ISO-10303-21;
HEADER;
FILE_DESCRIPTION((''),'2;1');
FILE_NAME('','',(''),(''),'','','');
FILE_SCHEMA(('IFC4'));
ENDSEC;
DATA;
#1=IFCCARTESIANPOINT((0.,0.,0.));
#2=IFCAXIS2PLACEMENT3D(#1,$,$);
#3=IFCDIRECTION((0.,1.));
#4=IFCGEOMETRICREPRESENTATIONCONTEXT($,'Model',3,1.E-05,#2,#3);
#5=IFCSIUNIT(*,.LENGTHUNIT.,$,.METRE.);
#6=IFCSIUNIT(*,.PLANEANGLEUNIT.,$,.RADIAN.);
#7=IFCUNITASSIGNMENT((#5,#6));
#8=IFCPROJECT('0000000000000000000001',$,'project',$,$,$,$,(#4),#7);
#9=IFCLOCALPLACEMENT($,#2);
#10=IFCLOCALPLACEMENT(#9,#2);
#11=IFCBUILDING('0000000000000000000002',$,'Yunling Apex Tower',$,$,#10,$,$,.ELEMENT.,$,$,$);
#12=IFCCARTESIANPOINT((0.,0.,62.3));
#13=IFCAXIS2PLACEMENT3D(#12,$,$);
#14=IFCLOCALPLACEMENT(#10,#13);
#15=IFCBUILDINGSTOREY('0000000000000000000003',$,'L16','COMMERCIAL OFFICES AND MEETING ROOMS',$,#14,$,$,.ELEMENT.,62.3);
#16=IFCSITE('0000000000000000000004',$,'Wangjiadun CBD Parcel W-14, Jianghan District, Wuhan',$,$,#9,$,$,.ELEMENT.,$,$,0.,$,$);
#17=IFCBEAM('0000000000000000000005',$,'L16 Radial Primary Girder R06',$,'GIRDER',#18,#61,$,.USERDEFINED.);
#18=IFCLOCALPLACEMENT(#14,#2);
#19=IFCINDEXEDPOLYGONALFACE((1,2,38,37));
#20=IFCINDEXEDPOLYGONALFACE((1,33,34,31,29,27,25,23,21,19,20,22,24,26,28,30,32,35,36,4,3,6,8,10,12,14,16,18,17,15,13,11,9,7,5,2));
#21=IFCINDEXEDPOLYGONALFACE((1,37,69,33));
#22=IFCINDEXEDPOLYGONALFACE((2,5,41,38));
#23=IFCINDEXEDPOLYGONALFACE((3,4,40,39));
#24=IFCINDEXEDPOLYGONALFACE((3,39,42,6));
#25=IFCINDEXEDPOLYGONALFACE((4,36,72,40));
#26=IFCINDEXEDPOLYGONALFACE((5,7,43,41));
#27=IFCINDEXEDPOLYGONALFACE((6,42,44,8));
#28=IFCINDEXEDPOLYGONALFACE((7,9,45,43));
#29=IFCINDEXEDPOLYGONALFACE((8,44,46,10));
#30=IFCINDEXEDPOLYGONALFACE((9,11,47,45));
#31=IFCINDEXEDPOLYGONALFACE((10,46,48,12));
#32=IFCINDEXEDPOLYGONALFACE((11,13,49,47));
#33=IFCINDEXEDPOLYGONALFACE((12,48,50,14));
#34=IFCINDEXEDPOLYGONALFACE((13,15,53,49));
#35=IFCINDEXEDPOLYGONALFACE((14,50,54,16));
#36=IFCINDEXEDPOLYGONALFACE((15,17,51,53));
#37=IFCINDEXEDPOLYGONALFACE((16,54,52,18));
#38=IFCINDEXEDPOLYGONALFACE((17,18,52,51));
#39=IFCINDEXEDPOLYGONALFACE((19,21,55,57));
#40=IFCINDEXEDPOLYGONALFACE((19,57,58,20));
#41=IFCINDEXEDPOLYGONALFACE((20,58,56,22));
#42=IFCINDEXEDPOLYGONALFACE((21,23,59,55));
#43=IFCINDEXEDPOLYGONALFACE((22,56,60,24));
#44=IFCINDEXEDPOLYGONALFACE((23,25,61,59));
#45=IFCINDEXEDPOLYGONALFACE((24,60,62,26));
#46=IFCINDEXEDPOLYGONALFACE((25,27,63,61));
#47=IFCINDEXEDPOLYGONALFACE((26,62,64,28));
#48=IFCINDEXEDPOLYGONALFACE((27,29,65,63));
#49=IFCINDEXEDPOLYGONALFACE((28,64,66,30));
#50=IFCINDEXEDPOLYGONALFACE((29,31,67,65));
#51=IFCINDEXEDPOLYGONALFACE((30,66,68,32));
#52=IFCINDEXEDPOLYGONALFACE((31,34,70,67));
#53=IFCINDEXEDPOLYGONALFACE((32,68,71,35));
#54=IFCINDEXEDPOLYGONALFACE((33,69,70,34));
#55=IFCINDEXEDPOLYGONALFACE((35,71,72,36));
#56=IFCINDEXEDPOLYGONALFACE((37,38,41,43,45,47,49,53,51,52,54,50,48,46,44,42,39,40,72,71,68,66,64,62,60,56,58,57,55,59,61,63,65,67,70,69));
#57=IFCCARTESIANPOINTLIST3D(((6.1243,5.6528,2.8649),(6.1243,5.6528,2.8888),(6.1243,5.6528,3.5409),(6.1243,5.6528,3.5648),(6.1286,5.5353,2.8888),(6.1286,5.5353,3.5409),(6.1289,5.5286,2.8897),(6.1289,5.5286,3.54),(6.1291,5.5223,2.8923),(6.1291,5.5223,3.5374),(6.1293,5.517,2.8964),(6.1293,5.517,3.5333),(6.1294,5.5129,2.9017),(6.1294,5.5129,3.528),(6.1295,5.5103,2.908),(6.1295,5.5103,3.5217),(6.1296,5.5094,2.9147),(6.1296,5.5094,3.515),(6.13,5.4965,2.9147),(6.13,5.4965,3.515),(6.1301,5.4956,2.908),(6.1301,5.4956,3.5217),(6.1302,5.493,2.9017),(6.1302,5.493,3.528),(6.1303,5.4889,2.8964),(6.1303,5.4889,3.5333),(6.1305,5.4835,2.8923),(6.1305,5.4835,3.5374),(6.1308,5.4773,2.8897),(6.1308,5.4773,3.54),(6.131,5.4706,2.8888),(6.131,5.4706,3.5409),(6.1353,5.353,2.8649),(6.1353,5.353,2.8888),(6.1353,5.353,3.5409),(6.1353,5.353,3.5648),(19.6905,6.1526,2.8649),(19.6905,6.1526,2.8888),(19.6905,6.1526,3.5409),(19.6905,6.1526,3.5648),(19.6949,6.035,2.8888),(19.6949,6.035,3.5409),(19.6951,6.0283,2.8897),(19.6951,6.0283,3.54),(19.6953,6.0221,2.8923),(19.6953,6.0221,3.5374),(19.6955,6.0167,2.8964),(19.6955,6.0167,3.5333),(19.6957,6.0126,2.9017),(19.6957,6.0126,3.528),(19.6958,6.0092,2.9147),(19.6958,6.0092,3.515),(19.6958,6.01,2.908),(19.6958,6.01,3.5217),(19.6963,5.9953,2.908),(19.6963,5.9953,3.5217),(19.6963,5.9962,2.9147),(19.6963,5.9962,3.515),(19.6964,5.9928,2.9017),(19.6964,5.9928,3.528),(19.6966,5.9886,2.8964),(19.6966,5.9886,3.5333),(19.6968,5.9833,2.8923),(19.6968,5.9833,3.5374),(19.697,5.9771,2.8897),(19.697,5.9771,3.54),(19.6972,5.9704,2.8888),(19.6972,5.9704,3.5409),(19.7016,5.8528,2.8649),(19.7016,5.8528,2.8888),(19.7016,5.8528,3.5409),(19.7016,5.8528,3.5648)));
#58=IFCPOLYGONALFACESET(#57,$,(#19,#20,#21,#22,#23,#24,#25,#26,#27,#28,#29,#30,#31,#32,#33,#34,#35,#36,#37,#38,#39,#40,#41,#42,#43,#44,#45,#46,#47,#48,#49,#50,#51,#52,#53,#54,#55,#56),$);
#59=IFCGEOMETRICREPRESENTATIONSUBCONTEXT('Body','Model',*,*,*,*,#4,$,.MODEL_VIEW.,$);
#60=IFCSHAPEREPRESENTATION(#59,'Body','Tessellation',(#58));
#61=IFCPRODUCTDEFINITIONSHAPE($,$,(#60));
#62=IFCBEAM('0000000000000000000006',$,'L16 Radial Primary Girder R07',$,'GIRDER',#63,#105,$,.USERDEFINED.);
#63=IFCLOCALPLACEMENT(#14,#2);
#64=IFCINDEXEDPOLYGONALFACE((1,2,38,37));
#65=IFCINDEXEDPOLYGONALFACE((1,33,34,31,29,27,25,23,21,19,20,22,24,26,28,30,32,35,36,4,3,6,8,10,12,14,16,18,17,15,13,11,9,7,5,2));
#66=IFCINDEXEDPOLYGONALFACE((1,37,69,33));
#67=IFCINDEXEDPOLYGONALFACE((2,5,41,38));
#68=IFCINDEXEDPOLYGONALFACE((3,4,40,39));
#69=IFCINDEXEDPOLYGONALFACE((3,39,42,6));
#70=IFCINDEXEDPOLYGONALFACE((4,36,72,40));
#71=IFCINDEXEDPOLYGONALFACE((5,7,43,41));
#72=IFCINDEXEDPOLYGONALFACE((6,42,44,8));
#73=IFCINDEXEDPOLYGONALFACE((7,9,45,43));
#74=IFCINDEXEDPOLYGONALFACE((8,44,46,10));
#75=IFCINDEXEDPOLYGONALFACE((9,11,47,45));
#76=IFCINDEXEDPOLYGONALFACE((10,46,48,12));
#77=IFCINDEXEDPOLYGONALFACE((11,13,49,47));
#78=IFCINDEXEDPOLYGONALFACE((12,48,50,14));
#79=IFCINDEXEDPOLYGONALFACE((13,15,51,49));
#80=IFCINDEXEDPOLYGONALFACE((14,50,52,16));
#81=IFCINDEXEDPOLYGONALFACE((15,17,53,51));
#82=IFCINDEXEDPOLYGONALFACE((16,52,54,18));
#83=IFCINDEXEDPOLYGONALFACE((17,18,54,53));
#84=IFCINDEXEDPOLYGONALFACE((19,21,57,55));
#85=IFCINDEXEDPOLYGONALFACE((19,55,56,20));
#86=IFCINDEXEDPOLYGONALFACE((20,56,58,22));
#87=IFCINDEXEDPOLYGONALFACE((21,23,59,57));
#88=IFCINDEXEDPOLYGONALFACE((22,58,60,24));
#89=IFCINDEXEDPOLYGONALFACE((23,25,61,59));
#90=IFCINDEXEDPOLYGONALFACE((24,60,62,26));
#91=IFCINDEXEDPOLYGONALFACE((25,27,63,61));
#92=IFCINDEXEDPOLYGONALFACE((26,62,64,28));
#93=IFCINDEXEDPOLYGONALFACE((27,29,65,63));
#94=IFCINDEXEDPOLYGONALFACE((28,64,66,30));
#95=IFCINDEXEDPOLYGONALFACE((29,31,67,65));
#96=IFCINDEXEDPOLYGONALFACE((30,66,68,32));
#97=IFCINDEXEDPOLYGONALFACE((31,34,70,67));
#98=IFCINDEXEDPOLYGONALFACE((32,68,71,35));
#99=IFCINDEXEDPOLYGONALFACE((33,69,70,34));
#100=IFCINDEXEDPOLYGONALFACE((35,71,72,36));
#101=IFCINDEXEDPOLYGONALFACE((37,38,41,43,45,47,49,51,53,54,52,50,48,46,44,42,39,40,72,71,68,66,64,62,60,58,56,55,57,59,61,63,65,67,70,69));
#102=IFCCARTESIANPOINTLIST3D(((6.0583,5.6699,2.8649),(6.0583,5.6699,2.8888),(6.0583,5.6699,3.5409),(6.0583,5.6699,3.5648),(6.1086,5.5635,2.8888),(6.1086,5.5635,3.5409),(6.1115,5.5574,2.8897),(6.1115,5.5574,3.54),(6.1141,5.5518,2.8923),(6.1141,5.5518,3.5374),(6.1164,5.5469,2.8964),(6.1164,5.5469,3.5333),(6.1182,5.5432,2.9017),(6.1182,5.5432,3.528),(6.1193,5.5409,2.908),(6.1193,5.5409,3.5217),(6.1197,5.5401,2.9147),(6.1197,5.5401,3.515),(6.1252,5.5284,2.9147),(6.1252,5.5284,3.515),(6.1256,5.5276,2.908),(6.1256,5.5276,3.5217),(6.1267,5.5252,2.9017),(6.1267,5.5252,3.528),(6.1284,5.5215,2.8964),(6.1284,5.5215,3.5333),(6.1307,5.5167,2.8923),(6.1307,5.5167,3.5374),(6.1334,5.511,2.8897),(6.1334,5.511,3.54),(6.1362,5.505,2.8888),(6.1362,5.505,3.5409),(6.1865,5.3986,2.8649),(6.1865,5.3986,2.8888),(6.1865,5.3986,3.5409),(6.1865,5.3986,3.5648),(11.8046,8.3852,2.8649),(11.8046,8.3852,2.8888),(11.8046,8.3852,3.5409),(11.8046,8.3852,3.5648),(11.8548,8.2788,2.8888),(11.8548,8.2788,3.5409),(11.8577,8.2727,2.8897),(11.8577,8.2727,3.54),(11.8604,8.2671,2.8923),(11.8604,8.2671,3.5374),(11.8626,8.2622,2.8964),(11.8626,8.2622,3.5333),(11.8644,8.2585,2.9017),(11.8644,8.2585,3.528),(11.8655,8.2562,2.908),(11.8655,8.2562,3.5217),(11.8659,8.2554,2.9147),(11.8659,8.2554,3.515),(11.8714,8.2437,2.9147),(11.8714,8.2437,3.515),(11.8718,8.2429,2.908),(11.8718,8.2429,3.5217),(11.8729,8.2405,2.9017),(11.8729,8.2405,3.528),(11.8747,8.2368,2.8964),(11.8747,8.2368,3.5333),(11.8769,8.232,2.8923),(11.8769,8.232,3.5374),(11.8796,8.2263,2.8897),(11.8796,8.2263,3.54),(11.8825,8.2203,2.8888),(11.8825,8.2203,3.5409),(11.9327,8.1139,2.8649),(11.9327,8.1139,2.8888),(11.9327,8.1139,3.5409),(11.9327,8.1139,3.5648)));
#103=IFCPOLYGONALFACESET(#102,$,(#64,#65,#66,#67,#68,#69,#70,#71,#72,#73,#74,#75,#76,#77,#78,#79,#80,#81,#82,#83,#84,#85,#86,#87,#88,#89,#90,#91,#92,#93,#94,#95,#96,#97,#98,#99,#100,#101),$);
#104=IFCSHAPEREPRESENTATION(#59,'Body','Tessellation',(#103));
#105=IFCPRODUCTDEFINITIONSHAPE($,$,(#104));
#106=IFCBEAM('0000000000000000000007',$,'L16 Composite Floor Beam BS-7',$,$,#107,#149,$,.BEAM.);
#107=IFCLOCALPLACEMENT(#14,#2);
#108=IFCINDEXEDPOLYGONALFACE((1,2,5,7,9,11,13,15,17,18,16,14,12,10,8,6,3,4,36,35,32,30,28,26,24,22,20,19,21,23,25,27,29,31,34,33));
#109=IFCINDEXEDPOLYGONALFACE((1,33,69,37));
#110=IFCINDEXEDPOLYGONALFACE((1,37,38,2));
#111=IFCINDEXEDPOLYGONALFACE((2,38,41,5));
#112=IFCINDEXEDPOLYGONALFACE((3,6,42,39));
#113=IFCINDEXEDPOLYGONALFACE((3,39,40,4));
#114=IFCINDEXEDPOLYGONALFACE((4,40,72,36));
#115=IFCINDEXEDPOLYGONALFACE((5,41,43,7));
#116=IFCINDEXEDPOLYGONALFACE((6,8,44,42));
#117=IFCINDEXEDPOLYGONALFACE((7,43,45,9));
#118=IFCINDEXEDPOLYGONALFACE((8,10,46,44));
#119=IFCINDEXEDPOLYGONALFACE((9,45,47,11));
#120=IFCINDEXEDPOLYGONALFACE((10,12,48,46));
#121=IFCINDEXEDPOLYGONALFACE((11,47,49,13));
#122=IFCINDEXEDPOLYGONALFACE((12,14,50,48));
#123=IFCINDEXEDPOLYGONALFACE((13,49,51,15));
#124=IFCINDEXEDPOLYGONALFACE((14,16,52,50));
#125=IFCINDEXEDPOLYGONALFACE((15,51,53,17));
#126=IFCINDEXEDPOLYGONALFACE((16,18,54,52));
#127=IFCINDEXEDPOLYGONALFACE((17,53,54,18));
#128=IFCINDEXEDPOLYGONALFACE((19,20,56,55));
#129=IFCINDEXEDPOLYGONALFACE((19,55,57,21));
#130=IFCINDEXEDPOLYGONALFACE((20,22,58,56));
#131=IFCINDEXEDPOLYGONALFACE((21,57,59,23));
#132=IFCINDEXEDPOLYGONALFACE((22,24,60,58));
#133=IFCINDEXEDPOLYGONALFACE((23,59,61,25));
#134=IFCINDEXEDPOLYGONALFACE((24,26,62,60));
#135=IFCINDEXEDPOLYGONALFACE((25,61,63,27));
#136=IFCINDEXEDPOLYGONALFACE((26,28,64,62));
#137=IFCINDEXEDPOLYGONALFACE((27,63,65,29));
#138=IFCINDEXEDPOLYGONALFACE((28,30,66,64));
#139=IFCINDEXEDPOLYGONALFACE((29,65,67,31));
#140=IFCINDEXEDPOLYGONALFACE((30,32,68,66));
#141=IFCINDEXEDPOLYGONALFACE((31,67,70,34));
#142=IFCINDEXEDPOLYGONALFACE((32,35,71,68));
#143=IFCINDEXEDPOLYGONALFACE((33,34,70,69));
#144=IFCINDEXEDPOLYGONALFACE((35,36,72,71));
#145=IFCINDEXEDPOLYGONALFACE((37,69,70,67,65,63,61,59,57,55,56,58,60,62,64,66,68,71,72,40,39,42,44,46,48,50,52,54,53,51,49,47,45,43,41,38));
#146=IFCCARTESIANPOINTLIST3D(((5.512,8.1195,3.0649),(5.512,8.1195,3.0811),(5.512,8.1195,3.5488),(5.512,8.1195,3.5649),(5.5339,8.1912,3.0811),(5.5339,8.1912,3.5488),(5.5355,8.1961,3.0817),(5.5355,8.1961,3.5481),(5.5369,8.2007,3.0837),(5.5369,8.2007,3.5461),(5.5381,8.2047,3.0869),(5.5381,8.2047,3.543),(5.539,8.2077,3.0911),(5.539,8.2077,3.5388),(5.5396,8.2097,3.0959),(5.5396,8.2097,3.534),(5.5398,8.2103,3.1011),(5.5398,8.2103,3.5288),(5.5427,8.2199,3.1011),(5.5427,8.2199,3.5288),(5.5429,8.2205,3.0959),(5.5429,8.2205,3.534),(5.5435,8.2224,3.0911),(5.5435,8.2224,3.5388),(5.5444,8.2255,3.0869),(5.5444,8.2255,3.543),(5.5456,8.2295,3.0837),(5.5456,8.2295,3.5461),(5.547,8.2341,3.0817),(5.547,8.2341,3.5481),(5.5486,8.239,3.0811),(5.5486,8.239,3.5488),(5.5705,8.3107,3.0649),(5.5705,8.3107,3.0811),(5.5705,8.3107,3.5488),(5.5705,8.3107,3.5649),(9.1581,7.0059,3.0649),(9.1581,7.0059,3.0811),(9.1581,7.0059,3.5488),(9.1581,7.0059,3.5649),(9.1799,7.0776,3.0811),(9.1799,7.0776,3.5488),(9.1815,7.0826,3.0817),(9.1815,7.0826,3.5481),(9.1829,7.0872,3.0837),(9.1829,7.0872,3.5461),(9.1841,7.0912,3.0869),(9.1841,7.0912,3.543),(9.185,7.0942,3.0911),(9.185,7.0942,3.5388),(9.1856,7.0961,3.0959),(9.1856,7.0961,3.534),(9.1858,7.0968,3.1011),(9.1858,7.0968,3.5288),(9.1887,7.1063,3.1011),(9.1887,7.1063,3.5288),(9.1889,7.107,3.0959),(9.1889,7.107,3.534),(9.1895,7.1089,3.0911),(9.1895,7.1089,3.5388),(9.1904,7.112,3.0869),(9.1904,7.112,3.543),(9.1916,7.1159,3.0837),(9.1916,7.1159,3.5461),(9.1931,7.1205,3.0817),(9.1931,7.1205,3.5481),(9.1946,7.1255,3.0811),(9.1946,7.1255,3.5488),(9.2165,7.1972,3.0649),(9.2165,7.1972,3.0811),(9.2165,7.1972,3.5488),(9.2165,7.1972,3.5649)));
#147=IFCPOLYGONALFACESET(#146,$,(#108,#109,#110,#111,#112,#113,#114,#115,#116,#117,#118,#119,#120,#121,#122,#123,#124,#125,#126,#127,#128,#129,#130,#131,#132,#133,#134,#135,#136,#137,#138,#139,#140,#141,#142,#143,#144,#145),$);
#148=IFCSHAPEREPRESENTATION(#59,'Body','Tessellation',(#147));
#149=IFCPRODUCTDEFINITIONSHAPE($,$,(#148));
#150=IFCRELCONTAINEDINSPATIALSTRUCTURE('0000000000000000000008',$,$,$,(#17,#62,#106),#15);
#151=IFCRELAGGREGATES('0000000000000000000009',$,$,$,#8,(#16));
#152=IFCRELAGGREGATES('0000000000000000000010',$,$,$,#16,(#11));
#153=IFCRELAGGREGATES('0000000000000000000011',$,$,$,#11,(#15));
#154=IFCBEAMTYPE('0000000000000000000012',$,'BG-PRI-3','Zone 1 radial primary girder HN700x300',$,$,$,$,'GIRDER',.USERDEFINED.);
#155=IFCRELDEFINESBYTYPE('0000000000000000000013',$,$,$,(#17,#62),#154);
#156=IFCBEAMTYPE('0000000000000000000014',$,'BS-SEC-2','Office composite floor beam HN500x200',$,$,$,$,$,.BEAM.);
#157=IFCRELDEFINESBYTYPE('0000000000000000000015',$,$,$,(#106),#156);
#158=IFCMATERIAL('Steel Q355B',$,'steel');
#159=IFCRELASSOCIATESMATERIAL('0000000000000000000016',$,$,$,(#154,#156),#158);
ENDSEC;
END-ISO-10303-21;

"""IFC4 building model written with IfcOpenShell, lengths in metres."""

from ifc_helpers import new_model, si_unit, direction, frame, origin, origin_2d, place, context, subcontext, project, spatial, i_section, extrude, source, transform, mapped, material, material_profile, profile_set, type_object, element, save


model = new_model("IFC4")

# Units and contexts
model_context = context("Model", 3, precision=1e-05, world=origin(), true_north=direction((0.0, 1.0)))
body_context = subcontext(model_context, "Body", "Model", "MODEL_VIEW")
ifc_project = project(units=[si_unit("LENGTHUNIT", "METRE"), si_unit("PLANEANGLEUNIT", "RADIAN")], contexts=[model_context])

# Site, building, storey
site_placement = place(None, origin())
site = spatial("IfcSite", under=ifc_project, at=site_placement, Name="Wangjiadun CBD Parcel W-14, Jianghan District, Wuhan", CompositionType="ELEMENT", RefElevation=0.0)
building_placement = place(site_placement, origin())
building = spatial("IfcBuilding", under=site, at=building_placement, Name="Yunling Apex Tower", CompositionType="ELEMENT")
storey_placement = place(building_placement, frame((0.0, 0.0, 62.3)))
storey = spatial("IfcBuildingStorey", under=building, at=storey_placement, Name="L16", Description="COMMERCIAL OFFICES AND MEETING ROOMS", CompositionType="ELEMENT", Elevation=62.3)

# Beams
ifc_material_1 = material(Name="Steel Q355B", Category="steel")
ifc_material_profile_1 = material_profile(ifc_material_1, i_section(OverallWidth=0.3, OverallDepth=0.7, WebThickness=0.0129, FlangeThickness=0.0239, FilletRadius=0.0259, at=origin_2d()))
ifc_profile_set_1 = profile_set([ifc_material_profile_1], Name="Steel Q355B")
beam_type_1 = type_object("IfcBeamType", Name="BG-PRI-3", Description="Zone 1 radial primary girder HN700x300", ElementType="GIRDER", PredefinedType="USERDEFINED", material=ifc_profile_set_1)
shared_shape_1 = source(origin(), body_context, "Body", "SweptSolid", [
    extrude(i_section(OverallWidth=0.3, OverallDepth=0.7, WebThickness=0.0129, FlangeThickness=0.0239, FilletRadius=0.0259, at=origin_2d()), origin(), (0.0, 0.0, 1.0), 13.5754),
])
beam_1_placement = place(storey_placement, frame((19.696, 6.0027, 3.2148), z_axis=(-0.999322, -0.036813, 0.0), x_axis=(0.036813, -0.999322, 0.0)))
element("IfcBeam", 1, at=beam_1_placement, inside=storey, type_object=beam_type_1, Name="L16 Radial Primary Girder R06", ObjectType="GIRDER", PredefinedType="USERDEFINED", context=body_context, shape_type="MappedRepresentation", body=[
    mapped(shared_shape_1, transform((0.0, 0.0, 0.0), scale=1.0)),
])
shared_shape_2 = source(origin(), body_context, "Body", "SweptSolid", [
    extrude(i_section(OverallWidth=0.3, OverallDepth=0.7, WebThickness=0.0129, FlangeThickness=0.0239, FilletRadius=0.0259, at=origin_2d()), origin(), (0.0, 0.0, 1.0), 6.3555),
])
beam_2_placement = place(storey_placement, frame((11.8687, 8.2495, 3.2148), z_axis=(-0.90414, -0.427236, 0.0), x_axis=(0.427236, -0.90414, 0.0)))
element("IfcBeam", 2, at=beam_2_placement, inside=storey, type_object=beam_type_1, Name="L16 Radial Primary Girder R07", ObjectType="GIRDER", PredefinedType="USERDEFINED", context=body_context, shape_type="MappedRepresentation", body=[
    mapped(shared_shape_2, transform((0.0, 0.0, 0.0), scale=1.0)),
])
ifc_material_profile_2 = material_profile(ifc_material_1, i_section(OverallWidth=0.2, OverallDepth=0.5, WebThickness=0.01, FlangeThickness=0.0161, FilletRadius=0.02, at=origin_2d()))
ifc_profile_set_2 = profile_set([ifc_material_profile_2], Name="Steel Q355B")
beam_type_2 = type_object("IfcBeamType", Name="BS-SEC-2", Description="Office composite floor beam HN500x200", PredefinedType="BEAM", material=ifc_profile_set_2)
shared_shape_3 = source(origin(), body_context, "Body", "SweptSolid", [
    extrude(i_section(OverallWidth=0.2, OverallDepth=0.5, WebThickness=0.01, FlangeThickness=0.0161, FilletRadius=0.02, at=origin_2d()), origin(), (0.0, 0.0, 1.0), 3.8123),
])
beam_3_placement = place(storey_placement, frame((9.1873, 7.1016, 3.3149), z_axis=(-0.95639, 0.292092, 0.0), x_axis=(-0.292092, -0.95639, 0.0)))
element("IfcBeam", 3, at=beam_3_placement, inside=storey, type_object=beam_type_2, Name="L16 Composite Floor Beam BS-7", PredefinedType="BEAM", context=body_context, shape_type="MappedRepresentation", body=[
    mapped(shared_shape_3, transform((0.0, 0.0, 0.0), scale=1.0)),
])

save(model, "model.ifc")
